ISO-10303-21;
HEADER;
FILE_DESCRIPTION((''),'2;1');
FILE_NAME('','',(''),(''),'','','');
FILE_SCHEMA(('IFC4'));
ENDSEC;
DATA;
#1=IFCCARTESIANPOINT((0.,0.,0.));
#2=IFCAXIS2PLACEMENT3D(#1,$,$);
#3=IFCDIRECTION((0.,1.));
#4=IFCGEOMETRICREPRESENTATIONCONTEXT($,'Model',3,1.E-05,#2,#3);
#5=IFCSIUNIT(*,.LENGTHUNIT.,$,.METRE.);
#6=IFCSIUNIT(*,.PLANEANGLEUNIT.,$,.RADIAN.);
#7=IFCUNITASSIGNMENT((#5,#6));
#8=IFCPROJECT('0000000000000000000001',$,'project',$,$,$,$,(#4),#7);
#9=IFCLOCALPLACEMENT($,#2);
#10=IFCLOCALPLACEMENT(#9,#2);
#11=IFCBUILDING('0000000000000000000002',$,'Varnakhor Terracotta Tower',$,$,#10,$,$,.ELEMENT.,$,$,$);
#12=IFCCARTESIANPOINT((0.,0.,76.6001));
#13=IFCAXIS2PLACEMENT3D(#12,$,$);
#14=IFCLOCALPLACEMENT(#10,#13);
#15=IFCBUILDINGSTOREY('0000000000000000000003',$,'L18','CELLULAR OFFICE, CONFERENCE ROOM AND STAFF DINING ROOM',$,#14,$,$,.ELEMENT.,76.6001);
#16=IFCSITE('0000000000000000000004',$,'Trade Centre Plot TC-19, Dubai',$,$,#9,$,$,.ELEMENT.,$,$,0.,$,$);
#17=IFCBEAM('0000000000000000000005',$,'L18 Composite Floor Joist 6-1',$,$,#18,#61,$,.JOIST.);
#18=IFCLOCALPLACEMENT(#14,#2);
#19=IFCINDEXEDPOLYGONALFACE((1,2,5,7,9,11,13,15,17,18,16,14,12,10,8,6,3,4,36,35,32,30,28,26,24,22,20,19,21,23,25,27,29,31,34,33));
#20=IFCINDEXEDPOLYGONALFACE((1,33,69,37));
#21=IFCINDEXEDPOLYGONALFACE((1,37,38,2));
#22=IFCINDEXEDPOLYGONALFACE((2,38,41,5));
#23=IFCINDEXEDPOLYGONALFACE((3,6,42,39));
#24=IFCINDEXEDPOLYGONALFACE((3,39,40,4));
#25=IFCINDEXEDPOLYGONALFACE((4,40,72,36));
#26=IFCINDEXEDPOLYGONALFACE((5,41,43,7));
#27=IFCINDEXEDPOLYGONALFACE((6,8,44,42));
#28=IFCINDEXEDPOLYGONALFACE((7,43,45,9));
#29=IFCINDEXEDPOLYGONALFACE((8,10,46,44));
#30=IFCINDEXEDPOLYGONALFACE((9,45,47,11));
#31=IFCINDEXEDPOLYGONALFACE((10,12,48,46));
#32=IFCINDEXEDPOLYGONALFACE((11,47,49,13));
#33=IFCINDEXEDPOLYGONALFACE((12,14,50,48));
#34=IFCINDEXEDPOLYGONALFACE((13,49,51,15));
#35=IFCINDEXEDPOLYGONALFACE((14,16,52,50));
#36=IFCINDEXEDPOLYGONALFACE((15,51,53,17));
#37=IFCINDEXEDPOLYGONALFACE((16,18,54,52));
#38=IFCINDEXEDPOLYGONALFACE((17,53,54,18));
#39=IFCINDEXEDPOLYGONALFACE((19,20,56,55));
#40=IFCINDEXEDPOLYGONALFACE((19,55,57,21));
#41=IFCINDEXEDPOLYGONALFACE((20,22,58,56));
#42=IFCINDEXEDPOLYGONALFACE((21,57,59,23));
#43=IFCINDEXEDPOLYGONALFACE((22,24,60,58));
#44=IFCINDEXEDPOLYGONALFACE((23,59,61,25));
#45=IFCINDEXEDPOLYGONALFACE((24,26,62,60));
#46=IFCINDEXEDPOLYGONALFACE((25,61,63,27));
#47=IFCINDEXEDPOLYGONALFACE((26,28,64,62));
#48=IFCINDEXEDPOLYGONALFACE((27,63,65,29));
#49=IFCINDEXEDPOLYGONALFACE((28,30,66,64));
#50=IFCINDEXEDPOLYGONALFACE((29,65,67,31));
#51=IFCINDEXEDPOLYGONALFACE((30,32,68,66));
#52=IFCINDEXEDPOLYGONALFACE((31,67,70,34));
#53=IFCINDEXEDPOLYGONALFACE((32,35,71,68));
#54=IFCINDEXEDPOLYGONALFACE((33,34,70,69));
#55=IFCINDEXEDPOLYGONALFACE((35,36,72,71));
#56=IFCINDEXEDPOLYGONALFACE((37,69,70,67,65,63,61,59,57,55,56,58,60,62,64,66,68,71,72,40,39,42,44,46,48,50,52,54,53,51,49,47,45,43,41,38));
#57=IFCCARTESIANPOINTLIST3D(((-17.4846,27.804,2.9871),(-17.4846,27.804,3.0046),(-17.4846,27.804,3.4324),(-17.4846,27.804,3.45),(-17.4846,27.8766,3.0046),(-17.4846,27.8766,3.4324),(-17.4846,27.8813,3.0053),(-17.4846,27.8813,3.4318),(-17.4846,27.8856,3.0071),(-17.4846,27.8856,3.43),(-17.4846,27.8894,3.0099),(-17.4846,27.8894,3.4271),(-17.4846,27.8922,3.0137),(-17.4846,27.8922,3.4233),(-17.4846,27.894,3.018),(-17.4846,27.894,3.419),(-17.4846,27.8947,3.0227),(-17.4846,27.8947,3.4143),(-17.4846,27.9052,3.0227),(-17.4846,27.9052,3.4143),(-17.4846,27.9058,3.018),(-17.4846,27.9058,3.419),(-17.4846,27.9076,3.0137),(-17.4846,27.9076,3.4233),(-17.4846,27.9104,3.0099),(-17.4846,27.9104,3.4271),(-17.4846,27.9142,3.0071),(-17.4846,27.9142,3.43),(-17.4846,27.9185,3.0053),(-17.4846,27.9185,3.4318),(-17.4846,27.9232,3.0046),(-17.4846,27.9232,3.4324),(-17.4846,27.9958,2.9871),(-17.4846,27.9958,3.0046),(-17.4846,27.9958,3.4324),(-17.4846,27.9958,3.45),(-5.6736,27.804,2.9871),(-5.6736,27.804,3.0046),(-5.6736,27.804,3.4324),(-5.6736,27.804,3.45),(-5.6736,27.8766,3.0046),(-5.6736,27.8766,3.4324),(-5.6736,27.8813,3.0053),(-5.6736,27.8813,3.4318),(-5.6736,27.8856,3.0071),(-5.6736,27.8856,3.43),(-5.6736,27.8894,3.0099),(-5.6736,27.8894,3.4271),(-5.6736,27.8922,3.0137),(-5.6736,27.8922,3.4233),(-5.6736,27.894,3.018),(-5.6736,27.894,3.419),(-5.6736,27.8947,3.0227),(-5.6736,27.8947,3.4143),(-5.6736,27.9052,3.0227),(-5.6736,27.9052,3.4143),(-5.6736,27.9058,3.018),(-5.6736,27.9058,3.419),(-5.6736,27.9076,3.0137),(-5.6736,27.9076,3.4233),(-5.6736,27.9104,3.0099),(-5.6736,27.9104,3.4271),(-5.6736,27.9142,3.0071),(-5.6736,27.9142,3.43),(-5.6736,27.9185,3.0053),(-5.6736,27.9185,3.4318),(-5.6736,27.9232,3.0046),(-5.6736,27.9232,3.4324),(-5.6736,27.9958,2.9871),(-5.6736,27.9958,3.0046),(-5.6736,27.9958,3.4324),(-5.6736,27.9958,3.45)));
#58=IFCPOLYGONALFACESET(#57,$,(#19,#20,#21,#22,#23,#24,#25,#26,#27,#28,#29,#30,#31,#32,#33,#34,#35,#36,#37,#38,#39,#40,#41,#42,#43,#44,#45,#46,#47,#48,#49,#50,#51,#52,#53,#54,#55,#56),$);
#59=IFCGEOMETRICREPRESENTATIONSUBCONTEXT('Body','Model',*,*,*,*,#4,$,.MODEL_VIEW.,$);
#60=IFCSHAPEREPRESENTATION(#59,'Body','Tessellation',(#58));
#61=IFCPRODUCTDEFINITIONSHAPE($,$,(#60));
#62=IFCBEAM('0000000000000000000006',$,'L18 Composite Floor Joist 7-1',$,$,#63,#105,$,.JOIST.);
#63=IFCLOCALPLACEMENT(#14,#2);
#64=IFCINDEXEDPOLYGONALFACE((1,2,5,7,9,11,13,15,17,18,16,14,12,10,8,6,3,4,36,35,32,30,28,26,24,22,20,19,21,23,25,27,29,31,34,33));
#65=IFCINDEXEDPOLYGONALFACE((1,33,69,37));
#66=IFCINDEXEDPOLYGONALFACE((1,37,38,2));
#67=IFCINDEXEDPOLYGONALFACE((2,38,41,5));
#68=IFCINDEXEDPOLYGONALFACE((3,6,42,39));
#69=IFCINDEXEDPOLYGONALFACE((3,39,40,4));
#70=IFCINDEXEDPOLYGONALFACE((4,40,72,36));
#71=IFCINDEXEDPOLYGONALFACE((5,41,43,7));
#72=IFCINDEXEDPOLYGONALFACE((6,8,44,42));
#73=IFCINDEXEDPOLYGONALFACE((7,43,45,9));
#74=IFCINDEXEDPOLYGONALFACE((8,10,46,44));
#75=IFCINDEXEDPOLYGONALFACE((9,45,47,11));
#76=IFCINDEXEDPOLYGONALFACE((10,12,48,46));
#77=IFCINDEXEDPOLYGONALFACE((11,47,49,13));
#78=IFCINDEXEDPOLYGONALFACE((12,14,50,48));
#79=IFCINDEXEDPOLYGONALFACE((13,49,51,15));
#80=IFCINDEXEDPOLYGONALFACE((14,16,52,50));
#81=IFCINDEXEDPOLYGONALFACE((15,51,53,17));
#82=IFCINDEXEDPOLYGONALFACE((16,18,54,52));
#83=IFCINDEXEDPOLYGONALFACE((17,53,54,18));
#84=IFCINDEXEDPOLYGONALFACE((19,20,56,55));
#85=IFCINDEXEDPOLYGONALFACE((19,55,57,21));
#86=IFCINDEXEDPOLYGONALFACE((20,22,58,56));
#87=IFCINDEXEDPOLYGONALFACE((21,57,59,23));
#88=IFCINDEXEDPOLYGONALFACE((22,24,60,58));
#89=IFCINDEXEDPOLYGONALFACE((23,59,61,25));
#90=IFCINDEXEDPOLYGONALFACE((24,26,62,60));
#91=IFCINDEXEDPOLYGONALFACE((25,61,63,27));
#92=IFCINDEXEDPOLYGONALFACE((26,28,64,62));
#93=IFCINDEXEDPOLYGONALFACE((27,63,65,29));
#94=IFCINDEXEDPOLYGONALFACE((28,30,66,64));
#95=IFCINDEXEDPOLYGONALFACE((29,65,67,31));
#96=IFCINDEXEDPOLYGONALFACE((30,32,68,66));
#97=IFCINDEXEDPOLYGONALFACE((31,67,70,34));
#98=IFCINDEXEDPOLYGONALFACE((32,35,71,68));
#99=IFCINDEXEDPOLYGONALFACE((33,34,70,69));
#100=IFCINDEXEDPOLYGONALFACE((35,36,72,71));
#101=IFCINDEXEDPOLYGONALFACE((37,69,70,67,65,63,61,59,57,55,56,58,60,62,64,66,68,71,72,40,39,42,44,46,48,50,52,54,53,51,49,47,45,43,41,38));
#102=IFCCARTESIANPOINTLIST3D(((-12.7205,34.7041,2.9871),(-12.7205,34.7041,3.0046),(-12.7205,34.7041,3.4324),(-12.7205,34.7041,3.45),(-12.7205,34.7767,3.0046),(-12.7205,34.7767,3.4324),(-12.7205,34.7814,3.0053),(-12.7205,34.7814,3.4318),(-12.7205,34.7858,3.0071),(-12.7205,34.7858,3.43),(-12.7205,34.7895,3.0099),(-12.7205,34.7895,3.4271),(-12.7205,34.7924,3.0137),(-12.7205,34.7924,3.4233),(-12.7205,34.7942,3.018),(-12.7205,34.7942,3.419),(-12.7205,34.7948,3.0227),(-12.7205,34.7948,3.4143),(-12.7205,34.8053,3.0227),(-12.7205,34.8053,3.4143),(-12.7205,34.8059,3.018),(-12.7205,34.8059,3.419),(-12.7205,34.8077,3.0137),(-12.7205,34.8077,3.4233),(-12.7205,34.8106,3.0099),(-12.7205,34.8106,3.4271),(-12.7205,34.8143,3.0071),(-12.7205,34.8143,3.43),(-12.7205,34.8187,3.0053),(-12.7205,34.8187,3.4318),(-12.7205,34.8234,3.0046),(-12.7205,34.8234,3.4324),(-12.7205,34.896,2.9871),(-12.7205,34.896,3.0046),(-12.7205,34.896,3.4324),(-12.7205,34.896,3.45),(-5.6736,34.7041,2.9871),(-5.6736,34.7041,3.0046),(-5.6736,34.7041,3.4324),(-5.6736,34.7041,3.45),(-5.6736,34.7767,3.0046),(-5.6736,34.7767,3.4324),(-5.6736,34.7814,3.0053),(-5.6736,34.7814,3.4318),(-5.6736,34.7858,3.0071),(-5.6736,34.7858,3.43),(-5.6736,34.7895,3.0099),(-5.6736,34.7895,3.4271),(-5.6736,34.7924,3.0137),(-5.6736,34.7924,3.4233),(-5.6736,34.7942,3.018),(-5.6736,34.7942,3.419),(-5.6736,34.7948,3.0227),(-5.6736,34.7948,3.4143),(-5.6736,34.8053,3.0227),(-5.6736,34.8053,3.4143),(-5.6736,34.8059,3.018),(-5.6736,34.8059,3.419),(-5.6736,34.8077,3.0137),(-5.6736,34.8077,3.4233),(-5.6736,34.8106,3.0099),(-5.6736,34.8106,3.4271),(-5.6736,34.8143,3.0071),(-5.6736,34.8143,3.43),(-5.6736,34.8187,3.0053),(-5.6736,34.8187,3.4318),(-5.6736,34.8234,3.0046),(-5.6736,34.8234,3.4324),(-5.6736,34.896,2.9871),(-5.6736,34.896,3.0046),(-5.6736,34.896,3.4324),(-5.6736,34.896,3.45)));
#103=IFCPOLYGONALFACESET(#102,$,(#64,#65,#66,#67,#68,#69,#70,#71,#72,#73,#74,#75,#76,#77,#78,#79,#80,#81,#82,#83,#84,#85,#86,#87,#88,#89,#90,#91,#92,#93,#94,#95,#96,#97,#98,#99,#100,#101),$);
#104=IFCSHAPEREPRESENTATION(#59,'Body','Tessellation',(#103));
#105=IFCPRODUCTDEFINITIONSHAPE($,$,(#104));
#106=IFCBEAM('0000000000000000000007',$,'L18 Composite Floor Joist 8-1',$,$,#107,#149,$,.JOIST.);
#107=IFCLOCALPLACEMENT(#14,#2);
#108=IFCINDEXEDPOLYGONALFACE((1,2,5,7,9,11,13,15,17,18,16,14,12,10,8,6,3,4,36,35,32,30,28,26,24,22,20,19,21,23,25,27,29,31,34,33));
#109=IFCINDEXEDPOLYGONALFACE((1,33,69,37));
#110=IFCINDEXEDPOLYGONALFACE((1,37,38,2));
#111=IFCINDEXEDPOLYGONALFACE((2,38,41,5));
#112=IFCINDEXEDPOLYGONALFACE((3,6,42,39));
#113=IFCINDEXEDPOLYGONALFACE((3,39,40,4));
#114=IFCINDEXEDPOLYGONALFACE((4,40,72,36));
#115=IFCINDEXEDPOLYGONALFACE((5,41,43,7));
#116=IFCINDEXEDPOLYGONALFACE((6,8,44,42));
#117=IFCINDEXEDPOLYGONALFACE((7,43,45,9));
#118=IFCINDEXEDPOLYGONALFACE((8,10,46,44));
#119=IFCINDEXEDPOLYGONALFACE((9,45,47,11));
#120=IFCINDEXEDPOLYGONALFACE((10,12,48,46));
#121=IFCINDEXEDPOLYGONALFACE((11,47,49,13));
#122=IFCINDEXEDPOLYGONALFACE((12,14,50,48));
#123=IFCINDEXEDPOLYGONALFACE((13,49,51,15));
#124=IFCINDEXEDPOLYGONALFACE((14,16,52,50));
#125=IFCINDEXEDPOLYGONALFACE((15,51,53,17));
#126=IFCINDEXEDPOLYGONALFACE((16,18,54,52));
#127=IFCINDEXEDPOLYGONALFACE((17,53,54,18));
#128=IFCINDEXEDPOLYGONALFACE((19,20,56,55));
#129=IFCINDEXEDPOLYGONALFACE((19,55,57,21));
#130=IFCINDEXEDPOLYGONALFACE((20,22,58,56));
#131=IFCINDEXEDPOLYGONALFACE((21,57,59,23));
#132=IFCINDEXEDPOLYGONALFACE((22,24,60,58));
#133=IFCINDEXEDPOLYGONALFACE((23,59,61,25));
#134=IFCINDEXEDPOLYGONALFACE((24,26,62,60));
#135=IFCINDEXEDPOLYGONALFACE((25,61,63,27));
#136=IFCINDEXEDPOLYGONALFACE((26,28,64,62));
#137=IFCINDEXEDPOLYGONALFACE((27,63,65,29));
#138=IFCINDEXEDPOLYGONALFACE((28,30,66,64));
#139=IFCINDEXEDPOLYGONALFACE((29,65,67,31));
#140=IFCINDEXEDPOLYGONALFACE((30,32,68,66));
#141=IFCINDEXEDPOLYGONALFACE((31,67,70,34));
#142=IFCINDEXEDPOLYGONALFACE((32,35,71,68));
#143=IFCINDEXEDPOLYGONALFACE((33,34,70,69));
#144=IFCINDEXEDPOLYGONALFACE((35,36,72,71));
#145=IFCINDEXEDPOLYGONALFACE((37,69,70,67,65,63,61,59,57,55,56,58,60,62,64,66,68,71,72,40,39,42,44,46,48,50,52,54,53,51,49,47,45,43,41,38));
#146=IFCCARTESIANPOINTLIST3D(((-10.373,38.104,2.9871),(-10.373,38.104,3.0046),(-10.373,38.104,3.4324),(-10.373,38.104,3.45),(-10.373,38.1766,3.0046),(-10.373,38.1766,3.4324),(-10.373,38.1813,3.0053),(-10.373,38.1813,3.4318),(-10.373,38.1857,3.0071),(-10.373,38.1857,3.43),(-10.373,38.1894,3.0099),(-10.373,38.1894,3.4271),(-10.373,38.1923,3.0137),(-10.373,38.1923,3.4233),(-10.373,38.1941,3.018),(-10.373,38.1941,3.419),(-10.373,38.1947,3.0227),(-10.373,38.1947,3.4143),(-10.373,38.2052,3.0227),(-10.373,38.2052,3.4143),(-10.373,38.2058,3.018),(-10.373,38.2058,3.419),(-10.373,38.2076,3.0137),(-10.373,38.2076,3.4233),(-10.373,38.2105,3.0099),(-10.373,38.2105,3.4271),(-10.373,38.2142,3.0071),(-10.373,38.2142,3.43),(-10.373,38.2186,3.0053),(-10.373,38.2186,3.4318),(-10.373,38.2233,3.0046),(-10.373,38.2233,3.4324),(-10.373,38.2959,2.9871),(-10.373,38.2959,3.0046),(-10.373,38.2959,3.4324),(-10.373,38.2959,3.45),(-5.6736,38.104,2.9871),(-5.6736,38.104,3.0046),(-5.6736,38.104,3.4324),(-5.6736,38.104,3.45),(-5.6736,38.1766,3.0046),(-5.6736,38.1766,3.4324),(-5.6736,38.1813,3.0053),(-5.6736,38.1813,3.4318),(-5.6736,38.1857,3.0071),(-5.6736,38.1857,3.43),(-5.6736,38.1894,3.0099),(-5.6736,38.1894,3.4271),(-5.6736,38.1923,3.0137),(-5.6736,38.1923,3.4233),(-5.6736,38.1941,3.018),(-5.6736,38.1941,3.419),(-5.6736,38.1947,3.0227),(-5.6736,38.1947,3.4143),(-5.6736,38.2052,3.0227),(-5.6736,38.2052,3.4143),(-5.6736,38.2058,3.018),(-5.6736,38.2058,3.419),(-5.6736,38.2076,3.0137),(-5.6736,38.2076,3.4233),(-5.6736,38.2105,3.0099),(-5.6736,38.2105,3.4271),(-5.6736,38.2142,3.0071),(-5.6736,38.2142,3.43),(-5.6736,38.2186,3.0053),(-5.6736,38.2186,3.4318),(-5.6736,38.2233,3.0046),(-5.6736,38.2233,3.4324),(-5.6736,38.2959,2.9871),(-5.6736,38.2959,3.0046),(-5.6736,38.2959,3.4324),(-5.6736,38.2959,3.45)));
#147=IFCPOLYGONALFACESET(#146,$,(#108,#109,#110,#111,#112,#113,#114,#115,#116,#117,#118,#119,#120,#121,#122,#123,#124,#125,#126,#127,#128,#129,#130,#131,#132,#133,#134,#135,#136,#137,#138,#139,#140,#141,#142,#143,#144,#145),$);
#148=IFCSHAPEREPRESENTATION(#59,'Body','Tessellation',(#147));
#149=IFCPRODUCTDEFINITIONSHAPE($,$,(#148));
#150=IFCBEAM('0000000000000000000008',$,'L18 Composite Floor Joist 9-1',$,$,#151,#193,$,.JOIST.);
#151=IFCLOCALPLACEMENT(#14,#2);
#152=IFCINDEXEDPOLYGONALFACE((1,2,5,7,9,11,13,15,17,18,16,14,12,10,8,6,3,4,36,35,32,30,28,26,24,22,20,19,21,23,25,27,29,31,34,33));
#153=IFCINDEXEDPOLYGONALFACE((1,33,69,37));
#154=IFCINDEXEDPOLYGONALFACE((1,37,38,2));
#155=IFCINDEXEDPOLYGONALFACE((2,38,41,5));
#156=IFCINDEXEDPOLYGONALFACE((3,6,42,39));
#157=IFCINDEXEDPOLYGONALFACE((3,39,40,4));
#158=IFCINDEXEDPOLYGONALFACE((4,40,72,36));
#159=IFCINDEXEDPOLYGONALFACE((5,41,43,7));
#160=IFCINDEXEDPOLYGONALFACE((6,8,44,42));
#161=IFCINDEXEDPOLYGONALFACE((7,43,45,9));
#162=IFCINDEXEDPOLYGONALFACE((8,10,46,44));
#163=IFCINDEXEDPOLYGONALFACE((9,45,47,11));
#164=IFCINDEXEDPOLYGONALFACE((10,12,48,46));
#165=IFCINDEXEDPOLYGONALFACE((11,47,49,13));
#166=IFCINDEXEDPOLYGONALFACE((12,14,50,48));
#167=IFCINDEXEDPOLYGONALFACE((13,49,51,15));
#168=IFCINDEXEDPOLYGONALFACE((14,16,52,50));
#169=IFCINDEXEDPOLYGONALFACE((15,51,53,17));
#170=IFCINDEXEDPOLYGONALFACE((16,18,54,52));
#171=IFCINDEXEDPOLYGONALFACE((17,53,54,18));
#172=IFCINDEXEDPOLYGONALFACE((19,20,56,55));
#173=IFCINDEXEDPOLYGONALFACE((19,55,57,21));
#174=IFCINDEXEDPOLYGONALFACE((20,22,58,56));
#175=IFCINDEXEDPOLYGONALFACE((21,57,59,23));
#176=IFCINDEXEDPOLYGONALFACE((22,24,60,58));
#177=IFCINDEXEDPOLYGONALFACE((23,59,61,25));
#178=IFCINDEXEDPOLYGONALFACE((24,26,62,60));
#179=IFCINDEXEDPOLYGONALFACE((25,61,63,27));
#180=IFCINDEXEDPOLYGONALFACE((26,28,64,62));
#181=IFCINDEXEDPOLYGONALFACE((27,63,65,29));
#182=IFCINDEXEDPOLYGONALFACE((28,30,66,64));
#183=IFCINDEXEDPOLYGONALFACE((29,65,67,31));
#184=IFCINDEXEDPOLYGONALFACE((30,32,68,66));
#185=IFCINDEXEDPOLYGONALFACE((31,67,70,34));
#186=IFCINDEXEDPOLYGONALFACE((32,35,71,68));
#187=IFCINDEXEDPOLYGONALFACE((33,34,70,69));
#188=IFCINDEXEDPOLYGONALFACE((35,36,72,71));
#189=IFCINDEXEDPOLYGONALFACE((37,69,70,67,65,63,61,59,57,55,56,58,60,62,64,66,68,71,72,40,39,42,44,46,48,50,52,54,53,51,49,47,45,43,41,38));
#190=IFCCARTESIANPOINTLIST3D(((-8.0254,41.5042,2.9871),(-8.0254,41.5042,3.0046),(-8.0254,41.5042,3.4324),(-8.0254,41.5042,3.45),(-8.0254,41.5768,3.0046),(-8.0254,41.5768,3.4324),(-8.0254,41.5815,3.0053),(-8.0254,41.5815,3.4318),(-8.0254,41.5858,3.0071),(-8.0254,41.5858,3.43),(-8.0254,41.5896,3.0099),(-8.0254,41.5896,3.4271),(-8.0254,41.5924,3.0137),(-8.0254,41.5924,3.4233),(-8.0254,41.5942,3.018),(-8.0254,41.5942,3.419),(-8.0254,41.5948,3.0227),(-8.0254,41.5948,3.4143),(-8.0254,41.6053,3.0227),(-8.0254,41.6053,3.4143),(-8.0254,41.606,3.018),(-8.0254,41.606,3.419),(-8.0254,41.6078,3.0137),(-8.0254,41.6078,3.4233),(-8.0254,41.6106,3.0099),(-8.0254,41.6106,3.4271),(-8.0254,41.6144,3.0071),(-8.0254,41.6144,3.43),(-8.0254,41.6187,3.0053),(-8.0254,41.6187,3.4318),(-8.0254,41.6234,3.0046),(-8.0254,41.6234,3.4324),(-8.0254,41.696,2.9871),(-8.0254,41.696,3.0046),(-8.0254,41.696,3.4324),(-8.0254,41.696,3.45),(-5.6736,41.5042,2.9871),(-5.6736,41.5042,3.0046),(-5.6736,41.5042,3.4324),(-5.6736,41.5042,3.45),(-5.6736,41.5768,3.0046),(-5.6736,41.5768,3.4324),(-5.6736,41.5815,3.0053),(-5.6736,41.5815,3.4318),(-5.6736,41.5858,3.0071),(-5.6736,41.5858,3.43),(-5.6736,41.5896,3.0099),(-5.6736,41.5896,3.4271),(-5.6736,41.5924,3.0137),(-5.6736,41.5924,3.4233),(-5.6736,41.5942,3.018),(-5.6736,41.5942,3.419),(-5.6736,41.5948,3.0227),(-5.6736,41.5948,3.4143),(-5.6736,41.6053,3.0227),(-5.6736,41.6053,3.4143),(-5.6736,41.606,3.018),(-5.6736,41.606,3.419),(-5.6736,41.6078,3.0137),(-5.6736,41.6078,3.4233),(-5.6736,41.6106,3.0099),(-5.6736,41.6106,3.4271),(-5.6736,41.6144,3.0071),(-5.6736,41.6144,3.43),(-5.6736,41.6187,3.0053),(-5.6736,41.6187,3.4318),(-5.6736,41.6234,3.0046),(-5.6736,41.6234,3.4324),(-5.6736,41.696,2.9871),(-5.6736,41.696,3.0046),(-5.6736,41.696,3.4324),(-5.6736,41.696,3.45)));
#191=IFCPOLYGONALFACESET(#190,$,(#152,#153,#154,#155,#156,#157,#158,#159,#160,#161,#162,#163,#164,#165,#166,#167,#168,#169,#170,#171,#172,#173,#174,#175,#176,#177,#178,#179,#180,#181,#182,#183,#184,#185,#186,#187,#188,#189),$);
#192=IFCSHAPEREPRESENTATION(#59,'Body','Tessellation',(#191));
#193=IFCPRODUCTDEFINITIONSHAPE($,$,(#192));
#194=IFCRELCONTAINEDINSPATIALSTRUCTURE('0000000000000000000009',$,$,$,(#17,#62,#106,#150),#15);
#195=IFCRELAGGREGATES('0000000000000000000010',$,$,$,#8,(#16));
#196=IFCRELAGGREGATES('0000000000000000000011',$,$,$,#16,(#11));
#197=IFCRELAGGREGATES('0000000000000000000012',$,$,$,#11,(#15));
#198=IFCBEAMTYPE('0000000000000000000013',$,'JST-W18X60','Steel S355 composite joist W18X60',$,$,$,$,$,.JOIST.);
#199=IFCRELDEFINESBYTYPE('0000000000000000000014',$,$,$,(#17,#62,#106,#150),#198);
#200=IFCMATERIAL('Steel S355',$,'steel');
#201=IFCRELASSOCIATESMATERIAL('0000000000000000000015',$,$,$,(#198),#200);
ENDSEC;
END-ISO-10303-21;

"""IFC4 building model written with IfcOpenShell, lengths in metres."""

from ifc_helpers import new_model, si_unit, direction, frame, origin, origin_2d, place, context, subcontext, project, spatial, i_section, extrude, source, transform, mapped, material, material_profile, profile_set, type_object, element, save


model = new_model("IFC4")

# Units and contexts
model_context = context("Model", 3, precision=1e-05, world=origin(), true_north=direction((0.0, 1.0)))
body_context = subcontext(model_context, "Body", "Model", "MODEL_VIEW")
ifc_project = project(units=[si_unit("LENGTHUNIT", "METRE"), si_unit("PLANEANGLEUNIT", "RADIAN")], contexts=[model_context])

# Site, building, storey
site_placement = place(None, origin())
site = spatial("IfcSite", under=ifc_project, at=site_placement, Name="Trade Centre Plot TC-19, Dubai", CompositionType="ELEMENT", RefElevation=0.0)
building_placement = place(site_placement, origin())
building = spatial("IfcBuilding", under=site, at=building_placement, Name="Varnakhor Terracotta Tower", CompositionType="ELEMENT")
storey_placement = place(building_placement, frame((0.0, 0.0, 76.6001)))
storey = spatial("IfcBuildingStorey", under=building, at=storey_placement, Name="L18", Description="CELLULAR OFFICE, CONFERENCE ROOM AND STAFF DINING ROOM", CompositionType="ELEMENT", Elevation=76.6001)

# Beams
ifc_material_1 = material(Name="Steel S355", Category="steel")
ifc_material_profile_1 = material_profile(ifc_material_1, i_section(OverallWidth=0.1919, OverallDepth=0.4629, WebThickness=0.0105, FlangeThickness=0.0176, FilletRadius=0.0181, at=origin_2d()), Name="W18X60")
ifc_profile_set_1 = profile_set([ifc_material_profile_1], Name="Steel S355")
beam_type_1 = type_object("IfcBeamType", Name="JST-W18X60", Description="Steel S355 composite joist W18X60", PredefinedType="JOIST", material=ifc_profile_set_1)
shared_shape_1 = source(origin(), body_context, "Body", "SweptSolid", [
    extrude(i_section(OverallWidth=0.1919, OverallDepth=0.4629, WebThickness=0.0105, FlangeThickness=0.0176, FilletRadius=0.0181, at=origin_2d()), origin(), (0.0, 0.0, 1.0), 11.811),
])
beam_1_placement = place(storey_placement, frame((-17.4846, 27.8999, 3.2185), z_axis=(1.0, 0.0, 0.0), x_axis=(0.0, 1.0, 0.0)))
element("IfcBeam", 1, at=beam_1_placement, inside=storey, type_object=beam_type_1, Name="L18 Composite Floor Joist 6-1", PredefinedType="JOIST", context=body_context, shape_type="MappedRepresentation", body=[
    mapped(shared_shape_1, transform((0.0, 0.0, 0.0), scale=1.0)),
])
shared_shape_2 = source(origin(), body_context, "Body", "SweptSolid", [
    extrude(i_section(OverallWidth=0.1919, OverallDepth=0.4629, WebThickness=0.0105, FlangeThickness=0.0176, FilletRadius=0.0181, at=origin_2d()), origin(), (0.0, 0.0, 1.0), 7.0469),
])
beam_2_placement = place(storey_placement, frame((-12.7205, 34.8, 3.2185), z_axis=(1.0, 0.0, 0.0), x_axis=(0.0, 1.0, 0.0)))
element("IfcBeam", 2, at=beam_2_placement, inside=storey, type_object=beam_type_1, Name="L18 Composite Floor Joist 7-1", PredefinedType="JOIST", context=body_context, shape_type="MappedRepresentation", body=[
    mapped(shared_shape_2, transform((0.0, 0.0, 0.0), scale=1.0)),
])
shared_shape_3 = source(origin(), body_context, "Body", "SweptSolid", [
    extrude(i_section(OverallWidth=0.1919, OverallDepth=0.4629, WebThickness=0.0105, FlangeThickness=0.0176, FilletRadius=0.0181, at=origin_2d()), origin(), (0.0, 0.0, 1.0), 4.6995),
])
beam_3_placement = place(storey_placement, frame((-10.373, 38.2, 3.2185), z_axis=(1.0, 0.0, 0.0), x_axis=(0.0, 1.0, 0.0)))
element("IfcBeam", 3, at=beam_3_placement, inside=storey, type_object=beam_type_1, Name="L18 Composite Floor Joist 8-1", PredefinedType="JOIST", context=body_context, shape_type="MappedRepresentation", body=[
    mapped(shared_shape_3, transform((0.0, 0.0, 0.0), scale=1.0)),
])
shared_shape_4 = source(origin(), body_context, "Body", "SweptSolid", [
    extrude(i_section(OverallWidth=0.1919, OverallDepth=0.4629, WebThickness=0.0105, FlangeThickness=0.0176, FilletRadius=0.0181, at=origin_2d()), origin(), (0.0, 0.0, 1.0), 2.3518),
])
beam_4_placement = place(storey_placement, frame((-8.0254, 41.6001, 3.2185), z_axis=(1.0, 0.0, 0.0), x_axis=(0.0, 1.0, 0.0)))
element("IfcBeam", 4, at=beam_4_placement, inside=storey, type_object=beam_type_1, Name="L18 Composite Floor Joist 9-1", PredefinedType="JOIST", context=body_context, shape_type="MappedRepresentation", body=[
    mapped(shared_shape_4, transform((0.0, 0.0, 0.0), scale=1.0)),
])

save(model, "model.ifc")
